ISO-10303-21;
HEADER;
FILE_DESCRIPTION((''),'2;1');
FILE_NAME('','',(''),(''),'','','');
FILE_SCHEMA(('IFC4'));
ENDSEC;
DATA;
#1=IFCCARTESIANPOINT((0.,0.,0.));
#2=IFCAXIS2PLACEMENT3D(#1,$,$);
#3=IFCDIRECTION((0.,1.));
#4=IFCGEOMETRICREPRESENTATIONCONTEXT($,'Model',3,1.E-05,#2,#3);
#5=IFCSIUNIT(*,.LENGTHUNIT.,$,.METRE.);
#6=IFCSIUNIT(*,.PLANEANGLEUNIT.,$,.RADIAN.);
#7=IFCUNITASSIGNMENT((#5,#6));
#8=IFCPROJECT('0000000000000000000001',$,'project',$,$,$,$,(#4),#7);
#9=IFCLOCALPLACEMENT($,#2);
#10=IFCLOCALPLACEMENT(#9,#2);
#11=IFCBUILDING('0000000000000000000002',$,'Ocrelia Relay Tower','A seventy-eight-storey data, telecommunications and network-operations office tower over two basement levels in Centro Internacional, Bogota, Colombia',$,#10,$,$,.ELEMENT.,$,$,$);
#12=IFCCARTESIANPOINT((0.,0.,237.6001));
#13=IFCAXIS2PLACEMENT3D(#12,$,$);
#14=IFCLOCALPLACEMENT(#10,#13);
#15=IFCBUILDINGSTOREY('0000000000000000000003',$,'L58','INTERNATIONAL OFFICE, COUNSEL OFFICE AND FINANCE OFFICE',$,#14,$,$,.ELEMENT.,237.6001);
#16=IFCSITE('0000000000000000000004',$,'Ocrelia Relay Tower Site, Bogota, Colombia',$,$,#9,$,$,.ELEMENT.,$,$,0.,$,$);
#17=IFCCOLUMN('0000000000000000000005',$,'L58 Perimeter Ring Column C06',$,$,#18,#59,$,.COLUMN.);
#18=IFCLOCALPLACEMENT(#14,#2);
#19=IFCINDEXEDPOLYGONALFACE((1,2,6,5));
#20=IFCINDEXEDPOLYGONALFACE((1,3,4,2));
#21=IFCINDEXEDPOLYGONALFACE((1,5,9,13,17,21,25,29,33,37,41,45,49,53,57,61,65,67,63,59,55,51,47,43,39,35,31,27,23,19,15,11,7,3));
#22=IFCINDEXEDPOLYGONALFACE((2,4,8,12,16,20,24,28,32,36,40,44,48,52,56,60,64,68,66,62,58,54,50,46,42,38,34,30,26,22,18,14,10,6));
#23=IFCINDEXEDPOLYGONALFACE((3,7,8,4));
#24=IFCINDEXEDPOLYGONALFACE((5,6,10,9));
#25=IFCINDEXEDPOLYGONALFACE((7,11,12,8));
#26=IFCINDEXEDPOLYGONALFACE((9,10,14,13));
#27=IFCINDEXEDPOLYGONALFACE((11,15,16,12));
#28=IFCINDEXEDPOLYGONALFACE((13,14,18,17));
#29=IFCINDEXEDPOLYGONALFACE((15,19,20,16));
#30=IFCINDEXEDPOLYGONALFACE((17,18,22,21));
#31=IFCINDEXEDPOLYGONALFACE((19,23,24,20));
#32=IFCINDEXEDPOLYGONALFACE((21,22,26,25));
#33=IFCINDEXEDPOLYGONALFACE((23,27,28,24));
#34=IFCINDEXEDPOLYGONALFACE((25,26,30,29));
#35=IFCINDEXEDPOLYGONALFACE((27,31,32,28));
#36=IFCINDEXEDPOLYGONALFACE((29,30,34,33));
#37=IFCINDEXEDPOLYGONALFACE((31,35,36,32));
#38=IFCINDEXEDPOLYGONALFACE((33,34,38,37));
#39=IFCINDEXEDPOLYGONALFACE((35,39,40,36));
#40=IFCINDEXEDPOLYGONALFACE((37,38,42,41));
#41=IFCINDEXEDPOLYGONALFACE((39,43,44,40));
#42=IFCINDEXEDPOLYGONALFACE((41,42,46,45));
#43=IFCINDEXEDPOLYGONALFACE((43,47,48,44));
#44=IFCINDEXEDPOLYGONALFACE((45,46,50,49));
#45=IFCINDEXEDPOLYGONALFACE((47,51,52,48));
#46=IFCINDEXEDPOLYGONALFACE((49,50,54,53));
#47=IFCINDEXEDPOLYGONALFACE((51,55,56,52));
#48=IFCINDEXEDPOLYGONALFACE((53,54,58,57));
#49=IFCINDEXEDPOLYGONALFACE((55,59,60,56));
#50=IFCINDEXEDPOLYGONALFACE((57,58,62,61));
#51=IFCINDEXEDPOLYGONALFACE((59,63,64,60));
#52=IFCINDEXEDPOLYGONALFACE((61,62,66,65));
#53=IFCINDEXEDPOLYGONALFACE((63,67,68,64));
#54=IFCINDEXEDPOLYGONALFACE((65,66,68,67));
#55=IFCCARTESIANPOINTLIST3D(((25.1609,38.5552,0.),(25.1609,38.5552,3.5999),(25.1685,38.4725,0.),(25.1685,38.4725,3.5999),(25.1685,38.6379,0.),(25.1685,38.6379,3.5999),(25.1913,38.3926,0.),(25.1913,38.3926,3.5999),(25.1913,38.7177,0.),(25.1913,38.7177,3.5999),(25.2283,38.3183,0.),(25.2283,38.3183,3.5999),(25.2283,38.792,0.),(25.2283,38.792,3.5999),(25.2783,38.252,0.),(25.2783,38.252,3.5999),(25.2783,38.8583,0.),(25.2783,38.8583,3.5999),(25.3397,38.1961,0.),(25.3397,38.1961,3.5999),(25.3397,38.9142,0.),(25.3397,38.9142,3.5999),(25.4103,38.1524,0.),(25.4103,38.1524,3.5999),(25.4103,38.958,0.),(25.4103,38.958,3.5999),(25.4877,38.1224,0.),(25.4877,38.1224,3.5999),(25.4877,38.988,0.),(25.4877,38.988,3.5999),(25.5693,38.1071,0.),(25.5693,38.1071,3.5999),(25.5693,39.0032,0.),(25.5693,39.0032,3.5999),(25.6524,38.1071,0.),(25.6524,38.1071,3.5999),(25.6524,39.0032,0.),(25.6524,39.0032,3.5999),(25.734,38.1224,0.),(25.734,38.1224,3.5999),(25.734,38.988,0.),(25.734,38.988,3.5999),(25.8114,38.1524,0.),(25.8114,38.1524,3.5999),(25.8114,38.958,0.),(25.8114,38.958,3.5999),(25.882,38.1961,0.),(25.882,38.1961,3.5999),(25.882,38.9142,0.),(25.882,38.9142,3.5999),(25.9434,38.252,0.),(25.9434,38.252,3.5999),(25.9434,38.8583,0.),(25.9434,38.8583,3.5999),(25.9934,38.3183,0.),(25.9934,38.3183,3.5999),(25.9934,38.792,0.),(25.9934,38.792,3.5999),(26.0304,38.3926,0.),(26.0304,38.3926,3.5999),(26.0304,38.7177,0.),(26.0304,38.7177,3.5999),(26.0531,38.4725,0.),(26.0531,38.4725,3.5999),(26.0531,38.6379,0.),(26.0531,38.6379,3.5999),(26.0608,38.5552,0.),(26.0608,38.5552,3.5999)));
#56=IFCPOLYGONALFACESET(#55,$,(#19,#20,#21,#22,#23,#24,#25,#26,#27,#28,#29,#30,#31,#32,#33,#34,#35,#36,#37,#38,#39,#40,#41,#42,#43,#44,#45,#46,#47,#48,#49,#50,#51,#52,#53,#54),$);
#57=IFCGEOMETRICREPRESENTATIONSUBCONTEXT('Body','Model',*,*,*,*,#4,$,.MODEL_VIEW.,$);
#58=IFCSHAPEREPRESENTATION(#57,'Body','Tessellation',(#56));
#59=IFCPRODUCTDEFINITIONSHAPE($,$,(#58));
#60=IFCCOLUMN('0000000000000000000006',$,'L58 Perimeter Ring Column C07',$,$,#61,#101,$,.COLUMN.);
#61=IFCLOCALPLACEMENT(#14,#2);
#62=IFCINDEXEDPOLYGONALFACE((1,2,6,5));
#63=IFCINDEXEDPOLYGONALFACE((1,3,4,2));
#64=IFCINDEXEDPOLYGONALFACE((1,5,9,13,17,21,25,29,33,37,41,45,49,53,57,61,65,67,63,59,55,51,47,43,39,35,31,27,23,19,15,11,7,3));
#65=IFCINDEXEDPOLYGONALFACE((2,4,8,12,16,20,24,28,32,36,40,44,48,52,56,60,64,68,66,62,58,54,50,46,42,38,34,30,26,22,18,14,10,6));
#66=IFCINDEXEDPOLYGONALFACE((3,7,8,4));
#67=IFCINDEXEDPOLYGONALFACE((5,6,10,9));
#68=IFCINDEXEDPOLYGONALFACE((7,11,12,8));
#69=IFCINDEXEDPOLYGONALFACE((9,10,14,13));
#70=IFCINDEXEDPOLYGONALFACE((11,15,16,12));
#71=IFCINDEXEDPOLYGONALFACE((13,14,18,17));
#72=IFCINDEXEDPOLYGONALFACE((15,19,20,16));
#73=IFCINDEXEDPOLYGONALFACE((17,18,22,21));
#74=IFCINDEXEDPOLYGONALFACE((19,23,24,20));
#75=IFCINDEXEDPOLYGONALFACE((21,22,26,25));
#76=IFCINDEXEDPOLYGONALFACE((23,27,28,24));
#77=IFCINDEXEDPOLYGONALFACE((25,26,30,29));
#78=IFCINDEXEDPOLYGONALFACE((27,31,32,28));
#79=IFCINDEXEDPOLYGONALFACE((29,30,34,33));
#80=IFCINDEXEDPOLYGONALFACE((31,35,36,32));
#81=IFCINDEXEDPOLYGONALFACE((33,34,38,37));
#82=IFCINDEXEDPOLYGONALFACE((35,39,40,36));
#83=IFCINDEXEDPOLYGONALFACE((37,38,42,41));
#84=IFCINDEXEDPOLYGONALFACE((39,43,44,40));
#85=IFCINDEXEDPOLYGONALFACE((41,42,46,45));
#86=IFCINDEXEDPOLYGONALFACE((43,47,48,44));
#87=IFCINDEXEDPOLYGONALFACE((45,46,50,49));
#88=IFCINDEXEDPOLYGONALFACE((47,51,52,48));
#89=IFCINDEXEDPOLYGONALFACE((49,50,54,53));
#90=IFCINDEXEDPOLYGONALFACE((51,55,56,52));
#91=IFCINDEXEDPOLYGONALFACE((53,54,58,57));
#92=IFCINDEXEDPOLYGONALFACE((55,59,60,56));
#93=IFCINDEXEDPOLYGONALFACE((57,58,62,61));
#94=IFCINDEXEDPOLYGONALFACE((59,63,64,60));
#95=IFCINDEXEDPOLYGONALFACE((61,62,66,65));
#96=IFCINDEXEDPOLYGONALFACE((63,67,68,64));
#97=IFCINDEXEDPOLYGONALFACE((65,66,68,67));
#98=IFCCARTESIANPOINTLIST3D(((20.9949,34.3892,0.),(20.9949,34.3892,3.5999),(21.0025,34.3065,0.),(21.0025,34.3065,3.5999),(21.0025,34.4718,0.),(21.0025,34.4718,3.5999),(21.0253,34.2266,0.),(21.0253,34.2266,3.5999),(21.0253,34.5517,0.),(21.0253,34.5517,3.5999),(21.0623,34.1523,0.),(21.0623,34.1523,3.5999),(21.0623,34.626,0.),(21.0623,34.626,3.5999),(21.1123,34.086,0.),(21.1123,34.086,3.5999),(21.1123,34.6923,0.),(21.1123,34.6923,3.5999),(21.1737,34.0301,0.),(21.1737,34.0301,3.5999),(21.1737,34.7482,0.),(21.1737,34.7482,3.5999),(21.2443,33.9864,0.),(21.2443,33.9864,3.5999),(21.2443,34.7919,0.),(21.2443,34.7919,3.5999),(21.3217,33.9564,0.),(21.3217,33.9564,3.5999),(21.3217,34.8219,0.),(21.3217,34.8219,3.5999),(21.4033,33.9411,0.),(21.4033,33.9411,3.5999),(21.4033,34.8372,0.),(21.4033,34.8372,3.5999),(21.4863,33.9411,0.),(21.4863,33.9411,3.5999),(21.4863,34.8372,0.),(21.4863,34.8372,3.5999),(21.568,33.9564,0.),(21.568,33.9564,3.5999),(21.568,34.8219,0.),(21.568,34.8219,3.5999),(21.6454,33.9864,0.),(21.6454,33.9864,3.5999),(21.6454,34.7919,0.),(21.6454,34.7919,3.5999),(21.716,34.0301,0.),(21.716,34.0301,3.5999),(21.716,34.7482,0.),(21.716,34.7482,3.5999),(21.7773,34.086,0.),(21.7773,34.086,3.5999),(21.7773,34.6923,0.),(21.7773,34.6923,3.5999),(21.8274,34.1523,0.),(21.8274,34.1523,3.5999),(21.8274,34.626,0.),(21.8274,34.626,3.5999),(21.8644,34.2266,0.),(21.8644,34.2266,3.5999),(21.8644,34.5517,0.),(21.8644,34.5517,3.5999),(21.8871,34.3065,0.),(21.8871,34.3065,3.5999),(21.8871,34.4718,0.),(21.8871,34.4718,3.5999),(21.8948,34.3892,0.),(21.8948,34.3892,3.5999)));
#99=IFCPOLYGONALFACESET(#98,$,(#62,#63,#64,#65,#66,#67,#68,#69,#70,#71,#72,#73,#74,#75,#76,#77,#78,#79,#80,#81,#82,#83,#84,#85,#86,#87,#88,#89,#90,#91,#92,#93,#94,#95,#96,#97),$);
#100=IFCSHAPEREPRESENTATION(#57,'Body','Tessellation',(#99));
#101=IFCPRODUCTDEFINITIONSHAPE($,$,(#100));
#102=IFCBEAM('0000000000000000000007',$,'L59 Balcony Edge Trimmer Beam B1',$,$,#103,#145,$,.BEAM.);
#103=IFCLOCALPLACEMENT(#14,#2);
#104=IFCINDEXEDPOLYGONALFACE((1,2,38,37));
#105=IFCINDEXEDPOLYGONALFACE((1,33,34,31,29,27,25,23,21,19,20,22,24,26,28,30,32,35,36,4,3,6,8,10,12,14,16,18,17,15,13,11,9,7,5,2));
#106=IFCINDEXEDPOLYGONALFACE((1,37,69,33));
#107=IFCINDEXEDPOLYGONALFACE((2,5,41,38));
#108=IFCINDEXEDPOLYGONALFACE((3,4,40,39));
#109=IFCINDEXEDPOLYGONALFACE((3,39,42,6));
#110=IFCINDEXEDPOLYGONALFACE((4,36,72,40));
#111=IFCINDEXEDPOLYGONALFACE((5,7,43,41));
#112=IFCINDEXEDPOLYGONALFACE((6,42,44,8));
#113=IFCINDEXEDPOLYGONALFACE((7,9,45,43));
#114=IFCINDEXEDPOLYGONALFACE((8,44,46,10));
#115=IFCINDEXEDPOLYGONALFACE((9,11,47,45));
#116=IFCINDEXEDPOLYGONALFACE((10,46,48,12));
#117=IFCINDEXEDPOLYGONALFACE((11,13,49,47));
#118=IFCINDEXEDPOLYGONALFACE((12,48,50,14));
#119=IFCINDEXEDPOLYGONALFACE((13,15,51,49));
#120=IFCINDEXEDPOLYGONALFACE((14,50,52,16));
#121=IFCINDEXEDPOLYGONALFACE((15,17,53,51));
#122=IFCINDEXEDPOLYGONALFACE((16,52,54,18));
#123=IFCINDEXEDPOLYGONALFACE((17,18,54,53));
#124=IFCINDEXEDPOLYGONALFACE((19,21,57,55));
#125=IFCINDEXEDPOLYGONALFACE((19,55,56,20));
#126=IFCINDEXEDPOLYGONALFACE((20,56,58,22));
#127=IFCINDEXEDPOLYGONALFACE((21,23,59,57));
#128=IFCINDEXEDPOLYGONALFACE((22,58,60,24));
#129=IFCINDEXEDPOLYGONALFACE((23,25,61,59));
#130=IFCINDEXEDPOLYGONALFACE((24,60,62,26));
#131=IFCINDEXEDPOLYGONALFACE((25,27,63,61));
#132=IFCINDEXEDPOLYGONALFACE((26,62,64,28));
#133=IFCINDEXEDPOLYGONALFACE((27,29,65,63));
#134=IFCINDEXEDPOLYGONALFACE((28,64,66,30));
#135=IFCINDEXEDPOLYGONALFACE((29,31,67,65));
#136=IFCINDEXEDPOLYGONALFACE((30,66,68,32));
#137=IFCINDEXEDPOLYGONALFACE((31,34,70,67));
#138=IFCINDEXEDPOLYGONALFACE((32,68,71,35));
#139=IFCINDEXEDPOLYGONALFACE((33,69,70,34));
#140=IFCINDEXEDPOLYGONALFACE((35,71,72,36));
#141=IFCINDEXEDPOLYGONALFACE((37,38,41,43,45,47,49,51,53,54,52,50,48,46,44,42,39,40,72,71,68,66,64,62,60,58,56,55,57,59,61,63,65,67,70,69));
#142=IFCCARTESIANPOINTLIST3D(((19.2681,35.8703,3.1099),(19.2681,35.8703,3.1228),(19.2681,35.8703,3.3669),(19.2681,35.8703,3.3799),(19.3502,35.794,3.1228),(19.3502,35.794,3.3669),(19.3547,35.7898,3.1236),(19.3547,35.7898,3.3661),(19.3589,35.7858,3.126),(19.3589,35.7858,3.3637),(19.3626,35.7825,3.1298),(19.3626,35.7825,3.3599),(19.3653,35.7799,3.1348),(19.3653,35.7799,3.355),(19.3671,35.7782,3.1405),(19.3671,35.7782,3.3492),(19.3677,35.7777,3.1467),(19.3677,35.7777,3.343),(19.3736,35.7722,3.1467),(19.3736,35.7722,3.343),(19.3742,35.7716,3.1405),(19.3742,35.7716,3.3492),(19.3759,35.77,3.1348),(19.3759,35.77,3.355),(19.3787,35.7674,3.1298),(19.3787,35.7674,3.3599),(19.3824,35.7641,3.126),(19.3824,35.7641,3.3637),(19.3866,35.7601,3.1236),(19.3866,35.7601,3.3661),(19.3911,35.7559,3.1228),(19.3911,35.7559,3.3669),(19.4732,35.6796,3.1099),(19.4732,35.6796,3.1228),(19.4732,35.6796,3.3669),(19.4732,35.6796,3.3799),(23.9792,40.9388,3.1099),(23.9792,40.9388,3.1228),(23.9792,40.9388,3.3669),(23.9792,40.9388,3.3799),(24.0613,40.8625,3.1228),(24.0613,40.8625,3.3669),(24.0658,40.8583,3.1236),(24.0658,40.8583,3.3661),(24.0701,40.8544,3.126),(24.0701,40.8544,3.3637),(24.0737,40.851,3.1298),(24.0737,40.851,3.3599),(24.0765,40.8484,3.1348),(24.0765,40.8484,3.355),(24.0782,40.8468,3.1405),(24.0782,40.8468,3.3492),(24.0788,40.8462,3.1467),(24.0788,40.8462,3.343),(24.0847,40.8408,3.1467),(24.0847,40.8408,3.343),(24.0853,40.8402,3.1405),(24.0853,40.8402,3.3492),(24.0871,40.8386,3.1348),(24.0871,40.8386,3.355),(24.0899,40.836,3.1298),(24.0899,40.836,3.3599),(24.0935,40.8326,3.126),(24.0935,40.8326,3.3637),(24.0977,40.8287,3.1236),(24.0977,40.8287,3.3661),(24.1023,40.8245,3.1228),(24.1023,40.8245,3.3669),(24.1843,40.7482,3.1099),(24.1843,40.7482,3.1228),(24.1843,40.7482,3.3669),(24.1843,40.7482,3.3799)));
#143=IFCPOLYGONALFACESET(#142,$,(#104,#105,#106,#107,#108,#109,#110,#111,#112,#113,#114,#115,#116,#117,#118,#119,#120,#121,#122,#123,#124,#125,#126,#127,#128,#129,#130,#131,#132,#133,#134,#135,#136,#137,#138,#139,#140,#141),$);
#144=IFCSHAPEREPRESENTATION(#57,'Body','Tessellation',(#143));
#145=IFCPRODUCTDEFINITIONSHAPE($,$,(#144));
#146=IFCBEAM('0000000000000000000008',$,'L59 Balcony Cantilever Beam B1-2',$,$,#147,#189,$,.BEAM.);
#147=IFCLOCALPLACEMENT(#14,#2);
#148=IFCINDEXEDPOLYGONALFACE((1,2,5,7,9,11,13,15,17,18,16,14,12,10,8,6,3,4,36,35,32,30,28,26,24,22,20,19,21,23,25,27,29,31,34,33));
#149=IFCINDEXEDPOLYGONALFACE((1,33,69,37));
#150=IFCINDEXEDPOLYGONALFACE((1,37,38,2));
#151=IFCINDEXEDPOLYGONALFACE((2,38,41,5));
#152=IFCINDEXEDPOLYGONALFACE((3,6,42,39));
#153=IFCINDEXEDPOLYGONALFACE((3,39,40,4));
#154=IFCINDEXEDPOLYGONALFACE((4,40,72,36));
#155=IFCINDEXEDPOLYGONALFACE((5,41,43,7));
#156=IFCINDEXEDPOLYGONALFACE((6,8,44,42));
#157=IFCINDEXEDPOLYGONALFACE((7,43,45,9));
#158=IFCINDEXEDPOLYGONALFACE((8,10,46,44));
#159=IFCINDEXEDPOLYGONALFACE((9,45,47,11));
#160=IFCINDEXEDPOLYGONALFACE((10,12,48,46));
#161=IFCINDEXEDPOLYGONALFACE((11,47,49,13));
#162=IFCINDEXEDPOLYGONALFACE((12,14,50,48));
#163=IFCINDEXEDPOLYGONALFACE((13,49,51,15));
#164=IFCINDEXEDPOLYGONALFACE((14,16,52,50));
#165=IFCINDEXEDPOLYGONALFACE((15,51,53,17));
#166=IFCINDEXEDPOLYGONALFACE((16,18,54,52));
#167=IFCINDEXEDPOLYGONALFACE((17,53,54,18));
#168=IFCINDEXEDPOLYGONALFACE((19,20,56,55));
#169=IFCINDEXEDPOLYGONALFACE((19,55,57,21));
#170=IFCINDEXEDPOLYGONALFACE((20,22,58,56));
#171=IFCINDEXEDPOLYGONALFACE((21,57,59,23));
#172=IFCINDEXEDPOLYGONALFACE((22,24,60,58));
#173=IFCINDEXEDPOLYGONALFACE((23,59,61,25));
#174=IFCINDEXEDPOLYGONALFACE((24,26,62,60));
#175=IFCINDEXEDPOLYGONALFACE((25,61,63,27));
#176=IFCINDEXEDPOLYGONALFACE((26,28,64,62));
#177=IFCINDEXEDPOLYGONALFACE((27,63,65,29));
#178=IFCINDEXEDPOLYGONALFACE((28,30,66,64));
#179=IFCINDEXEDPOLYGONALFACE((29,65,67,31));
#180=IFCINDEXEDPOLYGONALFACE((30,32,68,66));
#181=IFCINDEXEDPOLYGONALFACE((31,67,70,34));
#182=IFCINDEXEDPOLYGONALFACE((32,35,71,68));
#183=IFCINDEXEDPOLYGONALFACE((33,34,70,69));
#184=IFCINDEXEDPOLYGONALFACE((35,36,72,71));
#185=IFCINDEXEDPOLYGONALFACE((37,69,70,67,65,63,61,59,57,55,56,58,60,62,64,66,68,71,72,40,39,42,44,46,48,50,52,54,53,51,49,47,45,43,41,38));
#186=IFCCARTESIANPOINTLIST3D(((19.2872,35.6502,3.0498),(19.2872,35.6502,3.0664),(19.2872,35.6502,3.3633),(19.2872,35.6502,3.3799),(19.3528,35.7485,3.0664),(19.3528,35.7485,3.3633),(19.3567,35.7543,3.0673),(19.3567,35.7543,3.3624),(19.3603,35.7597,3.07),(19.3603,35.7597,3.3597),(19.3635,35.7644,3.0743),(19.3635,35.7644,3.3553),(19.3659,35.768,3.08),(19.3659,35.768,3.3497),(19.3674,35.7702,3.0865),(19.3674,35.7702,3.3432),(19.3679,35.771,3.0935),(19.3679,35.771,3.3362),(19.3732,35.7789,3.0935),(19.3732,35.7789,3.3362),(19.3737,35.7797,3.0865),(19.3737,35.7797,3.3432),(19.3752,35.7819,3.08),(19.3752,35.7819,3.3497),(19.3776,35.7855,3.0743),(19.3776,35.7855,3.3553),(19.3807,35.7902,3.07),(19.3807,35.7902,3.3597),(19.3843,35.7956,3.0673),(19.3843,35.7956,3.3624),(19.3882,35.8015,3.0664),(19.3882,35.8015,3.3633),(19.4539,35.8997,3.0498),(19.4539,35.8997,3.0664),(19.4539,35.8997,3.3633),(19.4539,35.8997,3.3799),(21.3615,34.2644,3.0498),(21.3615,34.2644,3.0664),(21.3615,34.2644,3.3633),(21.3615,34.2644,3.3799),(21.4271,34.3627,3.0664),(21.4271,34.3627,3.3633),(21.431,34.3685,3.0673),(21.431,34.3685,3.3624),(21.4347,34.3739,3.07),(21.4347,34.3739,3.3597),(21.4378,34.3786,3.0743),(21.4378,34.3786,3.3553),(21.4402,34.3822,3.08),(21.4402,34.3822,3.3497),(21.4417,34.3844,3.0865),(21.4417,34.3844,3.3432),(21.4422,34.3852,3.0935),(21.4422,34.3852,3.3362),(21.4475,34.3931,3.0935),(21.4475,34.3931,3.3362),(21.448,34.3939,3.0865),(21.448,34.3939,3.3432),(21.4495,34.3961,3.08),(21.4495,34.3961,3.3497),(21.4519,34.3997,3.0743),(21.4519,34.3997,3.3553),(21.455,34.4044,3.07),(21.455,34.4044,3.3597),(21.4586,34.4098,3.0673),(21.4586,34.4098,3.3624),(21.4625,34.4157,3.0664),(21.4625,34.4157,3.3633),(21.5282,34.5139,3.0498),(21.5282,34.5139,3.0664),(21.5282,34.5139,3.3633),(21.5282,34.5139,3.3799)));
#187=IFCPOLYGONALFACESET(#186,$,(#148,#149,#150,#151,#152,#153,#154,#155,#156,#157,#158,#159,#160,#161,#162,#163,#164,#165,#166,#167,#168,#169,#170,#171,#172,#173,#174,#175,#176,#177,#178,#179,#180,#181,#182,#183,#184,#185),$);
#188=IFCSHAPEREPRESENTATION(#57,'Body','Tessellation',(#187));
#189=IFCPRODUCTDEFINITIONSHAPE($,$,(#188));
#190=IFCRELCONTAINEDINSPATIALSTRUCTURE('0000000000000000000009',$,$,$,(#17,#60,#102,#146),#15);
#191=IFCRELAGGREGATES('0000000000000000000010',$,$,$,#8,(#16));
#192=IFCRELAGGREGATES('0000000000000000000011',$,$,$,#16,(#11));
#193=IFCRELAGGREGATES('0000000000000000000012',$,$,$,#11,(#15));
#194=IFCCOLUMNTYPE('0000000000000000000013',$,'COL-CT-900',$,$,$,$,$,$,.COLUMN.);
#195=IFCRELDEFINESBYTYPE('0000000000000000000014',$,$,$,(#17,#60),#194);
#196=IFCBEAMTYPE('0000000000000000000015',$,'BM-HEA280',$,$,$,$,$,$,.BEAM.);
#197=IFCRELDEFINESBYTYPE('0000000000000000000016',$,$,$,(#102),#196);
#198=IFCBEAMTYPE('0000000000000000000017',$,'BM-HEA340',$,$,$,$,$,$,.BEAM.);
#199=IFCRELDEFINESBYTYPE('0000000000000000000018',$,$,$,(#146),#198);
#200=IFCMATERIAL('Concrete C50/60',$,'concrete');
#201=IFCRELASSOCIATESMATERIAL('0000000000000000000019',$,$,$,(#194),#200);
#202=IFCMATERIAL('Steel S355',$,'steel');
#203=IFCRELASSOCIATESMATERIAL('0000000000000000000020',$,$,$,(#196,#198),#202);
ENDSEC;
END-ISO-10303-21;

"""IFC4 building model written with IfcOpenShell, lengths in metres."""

from ifc_helpers import new_model, si_unit, direction, frame, origin, origin_2d, place, context, subcontext, project, spatial, circle, i_section, extrude, material, material_profile, profile_set, type_object, element, save


model = new_model("IFC4")

# Units and contexts
model_context = context("Model", 3, precision=1e-05, world=origin(), true_north=direction((0.0, 1.0)))
body_context = subcontext(model_context, "Body", "Model", "MODEL_VIEW")
ifc_project = project(units=[si_unit("LENGTHUNIT", "METRE"), si_unit("PLANEANGLEUNIT", "RADIAN")], contexts=[model_context])

# Site, building, storey
site_placement = place(None, origin())
site = spatial("IfcSite", under=ifc_project, at=site_placement, Name="Ocrelia Relay Tower Site, Bogota, Colombia", CompositionType="ELEMENT", RefElevation=0.0)
building_placement = place(site_placement, origin())
building = spatial("IfcBuilding", under=site, at=building_placement, Name="Ocrelia Relay Tower", Description="A seventy-eight-storey data, telecommunications and network-operations office tower over two basement levels in Centro Internacional, Bogota, Colombia", CompositionType="ELEMENT")
storey_placement = place(building_placement, frame((0.0, 0.0, 237.6001)))
storey = spatial("IfcBuildingStorey", under=building, at=storey_placement, Name="L58", Description="INTERNATIONAL OFFICE, COUNSEL OFFICE AND FINANCE OFFICE", CompositionType="ELEMENT", Elevation=237.6001)

# Columns
ifc_material_1 = material(Name="Concrete C50/60", Category="concrete")
ifc_material_profile_1 = material_profile(ifc_material_1, circle(Radius=0.45, at=origin_2d()), Name="RC-CIR-900")
ifc_profile_set_1 = profile_set([ifc_material_profile_1], Name="Concrete C50/60")
column_type = type_object("IfcColumnType", Name="COL-CT-900", PredefinedType="COLUMN", material=ifc_profile_set_1)
for number, where, z_axis, x_axis, name in (
    (1, (25.6108, 38.5552, 0.0), (0.0, 0.0, 1.0), (1.0, 0.0, 0.0), "L58 Perimeter Ring Column C06"),
    (2, (21.4448, 34.3892, 0.0), (0.0, 0.0, 1.0), (1.0, 0.0, 0.0), "L58 Perimeter Ring Column C07"),
):
    element("IfcColumn", number, at=place(storey_placement, frame(where, z_axis=z_axis, x_axis=x_axis)), inside=storey, type_object=column_type, Name=name, PredefinedType="COLUMN", context=body_context, shape_type="SweptSolid", body=[
        extrude(circle(Radius=0.45, at=origin_2d()), origin(), (0.0, 0.0, 1.0), 3.5999),
    ])

# Beams
ifc_material_2 = material(Name="Steel S355", Category="steel")
ifc_material_profile_2 = material_profile(ifc_material_2, i_section(OverallWidth=0.28, OverallDepth=0.27, WebThickness=0.0081, FlangeThickness=0.0129, FilletRadius=0.0239, at=origin_2d()), Name="HEA 280")
ifc_profile_set_2 = profile_set([ifc_material_profile_2], Name="Steel S355")
beam_type_1 = type_object("IfcBeamType", Name="BM-HEA280", PredefinedType="BEAM", material=ifc_profile_set_2)
beam_1_placement = place(storey_placement, frame((24.0818, 40.8435, 3.2449), z_axis=(-0.68081, -0.73246, 0.0), x_axis=(0.73246, -0.68081, 0.0)))
element("IfcBeam", 3, at=beam_1_placement, inside=storey, type_object=beam_type_1, Name="L59 Balcony Edge Trimmer Beam B1", PredefinedType="BEAM", context=body_context, shape_type="SweptSolid", body=[
    extrude(i_section(OverallWidth=0.28, OverallDepth=0.27, WebThickness=0.0081, FlangeThickness=0.0129, FilletRadius=0.0239, at=origin_2d()), origin(), (0.0, 0.0, 1.0), 6.9199),
])
ifc_material_profile_3 = material_profile(ifc_material_2, i_section(OverallWidth=0.3, OverallDepth=0.3301, WebThickness=0.0095, FlangeThickness=0.0166, FilletRadius=0.0271, at=origin_2d()), Name="HEA 340")
ifc_profile_set_3 = profile_set([ifc_material_profile_3], Name="Steel S355")
beam_type_2 = type_object("IfcBeamType", Name="BM-HEA340", PredefinedType="BEAM", material=ifc_profile_set_3)
beam_2_placement = place(storey_placement, frame((21.4448, 34.3892, 3.2148), z_axis=(-0.831508, 0.555513, 0.0), x_axis=(-0.555513, -0.831508, 0.0)))
element("IfcBeam", 4, at=beam_2_placement, inside=storey, type_object=beam_type_2, Name="L59 Balcony Cantilever Beam B1-2", PredefinedType="BEAM", context=body_context, shape_type="SweptSolid", body=[
    extrude(i_section(OverallWidth=0.3, OverallDepth=0.3301, WebThickness=0.0095, FlangeThickness=0.0166, FilletRadius=0.0271, at=origin_2d()), origin(), (0.0, 0.0, 1.0), 2.4946),
])

save(model, "model.ifc")
